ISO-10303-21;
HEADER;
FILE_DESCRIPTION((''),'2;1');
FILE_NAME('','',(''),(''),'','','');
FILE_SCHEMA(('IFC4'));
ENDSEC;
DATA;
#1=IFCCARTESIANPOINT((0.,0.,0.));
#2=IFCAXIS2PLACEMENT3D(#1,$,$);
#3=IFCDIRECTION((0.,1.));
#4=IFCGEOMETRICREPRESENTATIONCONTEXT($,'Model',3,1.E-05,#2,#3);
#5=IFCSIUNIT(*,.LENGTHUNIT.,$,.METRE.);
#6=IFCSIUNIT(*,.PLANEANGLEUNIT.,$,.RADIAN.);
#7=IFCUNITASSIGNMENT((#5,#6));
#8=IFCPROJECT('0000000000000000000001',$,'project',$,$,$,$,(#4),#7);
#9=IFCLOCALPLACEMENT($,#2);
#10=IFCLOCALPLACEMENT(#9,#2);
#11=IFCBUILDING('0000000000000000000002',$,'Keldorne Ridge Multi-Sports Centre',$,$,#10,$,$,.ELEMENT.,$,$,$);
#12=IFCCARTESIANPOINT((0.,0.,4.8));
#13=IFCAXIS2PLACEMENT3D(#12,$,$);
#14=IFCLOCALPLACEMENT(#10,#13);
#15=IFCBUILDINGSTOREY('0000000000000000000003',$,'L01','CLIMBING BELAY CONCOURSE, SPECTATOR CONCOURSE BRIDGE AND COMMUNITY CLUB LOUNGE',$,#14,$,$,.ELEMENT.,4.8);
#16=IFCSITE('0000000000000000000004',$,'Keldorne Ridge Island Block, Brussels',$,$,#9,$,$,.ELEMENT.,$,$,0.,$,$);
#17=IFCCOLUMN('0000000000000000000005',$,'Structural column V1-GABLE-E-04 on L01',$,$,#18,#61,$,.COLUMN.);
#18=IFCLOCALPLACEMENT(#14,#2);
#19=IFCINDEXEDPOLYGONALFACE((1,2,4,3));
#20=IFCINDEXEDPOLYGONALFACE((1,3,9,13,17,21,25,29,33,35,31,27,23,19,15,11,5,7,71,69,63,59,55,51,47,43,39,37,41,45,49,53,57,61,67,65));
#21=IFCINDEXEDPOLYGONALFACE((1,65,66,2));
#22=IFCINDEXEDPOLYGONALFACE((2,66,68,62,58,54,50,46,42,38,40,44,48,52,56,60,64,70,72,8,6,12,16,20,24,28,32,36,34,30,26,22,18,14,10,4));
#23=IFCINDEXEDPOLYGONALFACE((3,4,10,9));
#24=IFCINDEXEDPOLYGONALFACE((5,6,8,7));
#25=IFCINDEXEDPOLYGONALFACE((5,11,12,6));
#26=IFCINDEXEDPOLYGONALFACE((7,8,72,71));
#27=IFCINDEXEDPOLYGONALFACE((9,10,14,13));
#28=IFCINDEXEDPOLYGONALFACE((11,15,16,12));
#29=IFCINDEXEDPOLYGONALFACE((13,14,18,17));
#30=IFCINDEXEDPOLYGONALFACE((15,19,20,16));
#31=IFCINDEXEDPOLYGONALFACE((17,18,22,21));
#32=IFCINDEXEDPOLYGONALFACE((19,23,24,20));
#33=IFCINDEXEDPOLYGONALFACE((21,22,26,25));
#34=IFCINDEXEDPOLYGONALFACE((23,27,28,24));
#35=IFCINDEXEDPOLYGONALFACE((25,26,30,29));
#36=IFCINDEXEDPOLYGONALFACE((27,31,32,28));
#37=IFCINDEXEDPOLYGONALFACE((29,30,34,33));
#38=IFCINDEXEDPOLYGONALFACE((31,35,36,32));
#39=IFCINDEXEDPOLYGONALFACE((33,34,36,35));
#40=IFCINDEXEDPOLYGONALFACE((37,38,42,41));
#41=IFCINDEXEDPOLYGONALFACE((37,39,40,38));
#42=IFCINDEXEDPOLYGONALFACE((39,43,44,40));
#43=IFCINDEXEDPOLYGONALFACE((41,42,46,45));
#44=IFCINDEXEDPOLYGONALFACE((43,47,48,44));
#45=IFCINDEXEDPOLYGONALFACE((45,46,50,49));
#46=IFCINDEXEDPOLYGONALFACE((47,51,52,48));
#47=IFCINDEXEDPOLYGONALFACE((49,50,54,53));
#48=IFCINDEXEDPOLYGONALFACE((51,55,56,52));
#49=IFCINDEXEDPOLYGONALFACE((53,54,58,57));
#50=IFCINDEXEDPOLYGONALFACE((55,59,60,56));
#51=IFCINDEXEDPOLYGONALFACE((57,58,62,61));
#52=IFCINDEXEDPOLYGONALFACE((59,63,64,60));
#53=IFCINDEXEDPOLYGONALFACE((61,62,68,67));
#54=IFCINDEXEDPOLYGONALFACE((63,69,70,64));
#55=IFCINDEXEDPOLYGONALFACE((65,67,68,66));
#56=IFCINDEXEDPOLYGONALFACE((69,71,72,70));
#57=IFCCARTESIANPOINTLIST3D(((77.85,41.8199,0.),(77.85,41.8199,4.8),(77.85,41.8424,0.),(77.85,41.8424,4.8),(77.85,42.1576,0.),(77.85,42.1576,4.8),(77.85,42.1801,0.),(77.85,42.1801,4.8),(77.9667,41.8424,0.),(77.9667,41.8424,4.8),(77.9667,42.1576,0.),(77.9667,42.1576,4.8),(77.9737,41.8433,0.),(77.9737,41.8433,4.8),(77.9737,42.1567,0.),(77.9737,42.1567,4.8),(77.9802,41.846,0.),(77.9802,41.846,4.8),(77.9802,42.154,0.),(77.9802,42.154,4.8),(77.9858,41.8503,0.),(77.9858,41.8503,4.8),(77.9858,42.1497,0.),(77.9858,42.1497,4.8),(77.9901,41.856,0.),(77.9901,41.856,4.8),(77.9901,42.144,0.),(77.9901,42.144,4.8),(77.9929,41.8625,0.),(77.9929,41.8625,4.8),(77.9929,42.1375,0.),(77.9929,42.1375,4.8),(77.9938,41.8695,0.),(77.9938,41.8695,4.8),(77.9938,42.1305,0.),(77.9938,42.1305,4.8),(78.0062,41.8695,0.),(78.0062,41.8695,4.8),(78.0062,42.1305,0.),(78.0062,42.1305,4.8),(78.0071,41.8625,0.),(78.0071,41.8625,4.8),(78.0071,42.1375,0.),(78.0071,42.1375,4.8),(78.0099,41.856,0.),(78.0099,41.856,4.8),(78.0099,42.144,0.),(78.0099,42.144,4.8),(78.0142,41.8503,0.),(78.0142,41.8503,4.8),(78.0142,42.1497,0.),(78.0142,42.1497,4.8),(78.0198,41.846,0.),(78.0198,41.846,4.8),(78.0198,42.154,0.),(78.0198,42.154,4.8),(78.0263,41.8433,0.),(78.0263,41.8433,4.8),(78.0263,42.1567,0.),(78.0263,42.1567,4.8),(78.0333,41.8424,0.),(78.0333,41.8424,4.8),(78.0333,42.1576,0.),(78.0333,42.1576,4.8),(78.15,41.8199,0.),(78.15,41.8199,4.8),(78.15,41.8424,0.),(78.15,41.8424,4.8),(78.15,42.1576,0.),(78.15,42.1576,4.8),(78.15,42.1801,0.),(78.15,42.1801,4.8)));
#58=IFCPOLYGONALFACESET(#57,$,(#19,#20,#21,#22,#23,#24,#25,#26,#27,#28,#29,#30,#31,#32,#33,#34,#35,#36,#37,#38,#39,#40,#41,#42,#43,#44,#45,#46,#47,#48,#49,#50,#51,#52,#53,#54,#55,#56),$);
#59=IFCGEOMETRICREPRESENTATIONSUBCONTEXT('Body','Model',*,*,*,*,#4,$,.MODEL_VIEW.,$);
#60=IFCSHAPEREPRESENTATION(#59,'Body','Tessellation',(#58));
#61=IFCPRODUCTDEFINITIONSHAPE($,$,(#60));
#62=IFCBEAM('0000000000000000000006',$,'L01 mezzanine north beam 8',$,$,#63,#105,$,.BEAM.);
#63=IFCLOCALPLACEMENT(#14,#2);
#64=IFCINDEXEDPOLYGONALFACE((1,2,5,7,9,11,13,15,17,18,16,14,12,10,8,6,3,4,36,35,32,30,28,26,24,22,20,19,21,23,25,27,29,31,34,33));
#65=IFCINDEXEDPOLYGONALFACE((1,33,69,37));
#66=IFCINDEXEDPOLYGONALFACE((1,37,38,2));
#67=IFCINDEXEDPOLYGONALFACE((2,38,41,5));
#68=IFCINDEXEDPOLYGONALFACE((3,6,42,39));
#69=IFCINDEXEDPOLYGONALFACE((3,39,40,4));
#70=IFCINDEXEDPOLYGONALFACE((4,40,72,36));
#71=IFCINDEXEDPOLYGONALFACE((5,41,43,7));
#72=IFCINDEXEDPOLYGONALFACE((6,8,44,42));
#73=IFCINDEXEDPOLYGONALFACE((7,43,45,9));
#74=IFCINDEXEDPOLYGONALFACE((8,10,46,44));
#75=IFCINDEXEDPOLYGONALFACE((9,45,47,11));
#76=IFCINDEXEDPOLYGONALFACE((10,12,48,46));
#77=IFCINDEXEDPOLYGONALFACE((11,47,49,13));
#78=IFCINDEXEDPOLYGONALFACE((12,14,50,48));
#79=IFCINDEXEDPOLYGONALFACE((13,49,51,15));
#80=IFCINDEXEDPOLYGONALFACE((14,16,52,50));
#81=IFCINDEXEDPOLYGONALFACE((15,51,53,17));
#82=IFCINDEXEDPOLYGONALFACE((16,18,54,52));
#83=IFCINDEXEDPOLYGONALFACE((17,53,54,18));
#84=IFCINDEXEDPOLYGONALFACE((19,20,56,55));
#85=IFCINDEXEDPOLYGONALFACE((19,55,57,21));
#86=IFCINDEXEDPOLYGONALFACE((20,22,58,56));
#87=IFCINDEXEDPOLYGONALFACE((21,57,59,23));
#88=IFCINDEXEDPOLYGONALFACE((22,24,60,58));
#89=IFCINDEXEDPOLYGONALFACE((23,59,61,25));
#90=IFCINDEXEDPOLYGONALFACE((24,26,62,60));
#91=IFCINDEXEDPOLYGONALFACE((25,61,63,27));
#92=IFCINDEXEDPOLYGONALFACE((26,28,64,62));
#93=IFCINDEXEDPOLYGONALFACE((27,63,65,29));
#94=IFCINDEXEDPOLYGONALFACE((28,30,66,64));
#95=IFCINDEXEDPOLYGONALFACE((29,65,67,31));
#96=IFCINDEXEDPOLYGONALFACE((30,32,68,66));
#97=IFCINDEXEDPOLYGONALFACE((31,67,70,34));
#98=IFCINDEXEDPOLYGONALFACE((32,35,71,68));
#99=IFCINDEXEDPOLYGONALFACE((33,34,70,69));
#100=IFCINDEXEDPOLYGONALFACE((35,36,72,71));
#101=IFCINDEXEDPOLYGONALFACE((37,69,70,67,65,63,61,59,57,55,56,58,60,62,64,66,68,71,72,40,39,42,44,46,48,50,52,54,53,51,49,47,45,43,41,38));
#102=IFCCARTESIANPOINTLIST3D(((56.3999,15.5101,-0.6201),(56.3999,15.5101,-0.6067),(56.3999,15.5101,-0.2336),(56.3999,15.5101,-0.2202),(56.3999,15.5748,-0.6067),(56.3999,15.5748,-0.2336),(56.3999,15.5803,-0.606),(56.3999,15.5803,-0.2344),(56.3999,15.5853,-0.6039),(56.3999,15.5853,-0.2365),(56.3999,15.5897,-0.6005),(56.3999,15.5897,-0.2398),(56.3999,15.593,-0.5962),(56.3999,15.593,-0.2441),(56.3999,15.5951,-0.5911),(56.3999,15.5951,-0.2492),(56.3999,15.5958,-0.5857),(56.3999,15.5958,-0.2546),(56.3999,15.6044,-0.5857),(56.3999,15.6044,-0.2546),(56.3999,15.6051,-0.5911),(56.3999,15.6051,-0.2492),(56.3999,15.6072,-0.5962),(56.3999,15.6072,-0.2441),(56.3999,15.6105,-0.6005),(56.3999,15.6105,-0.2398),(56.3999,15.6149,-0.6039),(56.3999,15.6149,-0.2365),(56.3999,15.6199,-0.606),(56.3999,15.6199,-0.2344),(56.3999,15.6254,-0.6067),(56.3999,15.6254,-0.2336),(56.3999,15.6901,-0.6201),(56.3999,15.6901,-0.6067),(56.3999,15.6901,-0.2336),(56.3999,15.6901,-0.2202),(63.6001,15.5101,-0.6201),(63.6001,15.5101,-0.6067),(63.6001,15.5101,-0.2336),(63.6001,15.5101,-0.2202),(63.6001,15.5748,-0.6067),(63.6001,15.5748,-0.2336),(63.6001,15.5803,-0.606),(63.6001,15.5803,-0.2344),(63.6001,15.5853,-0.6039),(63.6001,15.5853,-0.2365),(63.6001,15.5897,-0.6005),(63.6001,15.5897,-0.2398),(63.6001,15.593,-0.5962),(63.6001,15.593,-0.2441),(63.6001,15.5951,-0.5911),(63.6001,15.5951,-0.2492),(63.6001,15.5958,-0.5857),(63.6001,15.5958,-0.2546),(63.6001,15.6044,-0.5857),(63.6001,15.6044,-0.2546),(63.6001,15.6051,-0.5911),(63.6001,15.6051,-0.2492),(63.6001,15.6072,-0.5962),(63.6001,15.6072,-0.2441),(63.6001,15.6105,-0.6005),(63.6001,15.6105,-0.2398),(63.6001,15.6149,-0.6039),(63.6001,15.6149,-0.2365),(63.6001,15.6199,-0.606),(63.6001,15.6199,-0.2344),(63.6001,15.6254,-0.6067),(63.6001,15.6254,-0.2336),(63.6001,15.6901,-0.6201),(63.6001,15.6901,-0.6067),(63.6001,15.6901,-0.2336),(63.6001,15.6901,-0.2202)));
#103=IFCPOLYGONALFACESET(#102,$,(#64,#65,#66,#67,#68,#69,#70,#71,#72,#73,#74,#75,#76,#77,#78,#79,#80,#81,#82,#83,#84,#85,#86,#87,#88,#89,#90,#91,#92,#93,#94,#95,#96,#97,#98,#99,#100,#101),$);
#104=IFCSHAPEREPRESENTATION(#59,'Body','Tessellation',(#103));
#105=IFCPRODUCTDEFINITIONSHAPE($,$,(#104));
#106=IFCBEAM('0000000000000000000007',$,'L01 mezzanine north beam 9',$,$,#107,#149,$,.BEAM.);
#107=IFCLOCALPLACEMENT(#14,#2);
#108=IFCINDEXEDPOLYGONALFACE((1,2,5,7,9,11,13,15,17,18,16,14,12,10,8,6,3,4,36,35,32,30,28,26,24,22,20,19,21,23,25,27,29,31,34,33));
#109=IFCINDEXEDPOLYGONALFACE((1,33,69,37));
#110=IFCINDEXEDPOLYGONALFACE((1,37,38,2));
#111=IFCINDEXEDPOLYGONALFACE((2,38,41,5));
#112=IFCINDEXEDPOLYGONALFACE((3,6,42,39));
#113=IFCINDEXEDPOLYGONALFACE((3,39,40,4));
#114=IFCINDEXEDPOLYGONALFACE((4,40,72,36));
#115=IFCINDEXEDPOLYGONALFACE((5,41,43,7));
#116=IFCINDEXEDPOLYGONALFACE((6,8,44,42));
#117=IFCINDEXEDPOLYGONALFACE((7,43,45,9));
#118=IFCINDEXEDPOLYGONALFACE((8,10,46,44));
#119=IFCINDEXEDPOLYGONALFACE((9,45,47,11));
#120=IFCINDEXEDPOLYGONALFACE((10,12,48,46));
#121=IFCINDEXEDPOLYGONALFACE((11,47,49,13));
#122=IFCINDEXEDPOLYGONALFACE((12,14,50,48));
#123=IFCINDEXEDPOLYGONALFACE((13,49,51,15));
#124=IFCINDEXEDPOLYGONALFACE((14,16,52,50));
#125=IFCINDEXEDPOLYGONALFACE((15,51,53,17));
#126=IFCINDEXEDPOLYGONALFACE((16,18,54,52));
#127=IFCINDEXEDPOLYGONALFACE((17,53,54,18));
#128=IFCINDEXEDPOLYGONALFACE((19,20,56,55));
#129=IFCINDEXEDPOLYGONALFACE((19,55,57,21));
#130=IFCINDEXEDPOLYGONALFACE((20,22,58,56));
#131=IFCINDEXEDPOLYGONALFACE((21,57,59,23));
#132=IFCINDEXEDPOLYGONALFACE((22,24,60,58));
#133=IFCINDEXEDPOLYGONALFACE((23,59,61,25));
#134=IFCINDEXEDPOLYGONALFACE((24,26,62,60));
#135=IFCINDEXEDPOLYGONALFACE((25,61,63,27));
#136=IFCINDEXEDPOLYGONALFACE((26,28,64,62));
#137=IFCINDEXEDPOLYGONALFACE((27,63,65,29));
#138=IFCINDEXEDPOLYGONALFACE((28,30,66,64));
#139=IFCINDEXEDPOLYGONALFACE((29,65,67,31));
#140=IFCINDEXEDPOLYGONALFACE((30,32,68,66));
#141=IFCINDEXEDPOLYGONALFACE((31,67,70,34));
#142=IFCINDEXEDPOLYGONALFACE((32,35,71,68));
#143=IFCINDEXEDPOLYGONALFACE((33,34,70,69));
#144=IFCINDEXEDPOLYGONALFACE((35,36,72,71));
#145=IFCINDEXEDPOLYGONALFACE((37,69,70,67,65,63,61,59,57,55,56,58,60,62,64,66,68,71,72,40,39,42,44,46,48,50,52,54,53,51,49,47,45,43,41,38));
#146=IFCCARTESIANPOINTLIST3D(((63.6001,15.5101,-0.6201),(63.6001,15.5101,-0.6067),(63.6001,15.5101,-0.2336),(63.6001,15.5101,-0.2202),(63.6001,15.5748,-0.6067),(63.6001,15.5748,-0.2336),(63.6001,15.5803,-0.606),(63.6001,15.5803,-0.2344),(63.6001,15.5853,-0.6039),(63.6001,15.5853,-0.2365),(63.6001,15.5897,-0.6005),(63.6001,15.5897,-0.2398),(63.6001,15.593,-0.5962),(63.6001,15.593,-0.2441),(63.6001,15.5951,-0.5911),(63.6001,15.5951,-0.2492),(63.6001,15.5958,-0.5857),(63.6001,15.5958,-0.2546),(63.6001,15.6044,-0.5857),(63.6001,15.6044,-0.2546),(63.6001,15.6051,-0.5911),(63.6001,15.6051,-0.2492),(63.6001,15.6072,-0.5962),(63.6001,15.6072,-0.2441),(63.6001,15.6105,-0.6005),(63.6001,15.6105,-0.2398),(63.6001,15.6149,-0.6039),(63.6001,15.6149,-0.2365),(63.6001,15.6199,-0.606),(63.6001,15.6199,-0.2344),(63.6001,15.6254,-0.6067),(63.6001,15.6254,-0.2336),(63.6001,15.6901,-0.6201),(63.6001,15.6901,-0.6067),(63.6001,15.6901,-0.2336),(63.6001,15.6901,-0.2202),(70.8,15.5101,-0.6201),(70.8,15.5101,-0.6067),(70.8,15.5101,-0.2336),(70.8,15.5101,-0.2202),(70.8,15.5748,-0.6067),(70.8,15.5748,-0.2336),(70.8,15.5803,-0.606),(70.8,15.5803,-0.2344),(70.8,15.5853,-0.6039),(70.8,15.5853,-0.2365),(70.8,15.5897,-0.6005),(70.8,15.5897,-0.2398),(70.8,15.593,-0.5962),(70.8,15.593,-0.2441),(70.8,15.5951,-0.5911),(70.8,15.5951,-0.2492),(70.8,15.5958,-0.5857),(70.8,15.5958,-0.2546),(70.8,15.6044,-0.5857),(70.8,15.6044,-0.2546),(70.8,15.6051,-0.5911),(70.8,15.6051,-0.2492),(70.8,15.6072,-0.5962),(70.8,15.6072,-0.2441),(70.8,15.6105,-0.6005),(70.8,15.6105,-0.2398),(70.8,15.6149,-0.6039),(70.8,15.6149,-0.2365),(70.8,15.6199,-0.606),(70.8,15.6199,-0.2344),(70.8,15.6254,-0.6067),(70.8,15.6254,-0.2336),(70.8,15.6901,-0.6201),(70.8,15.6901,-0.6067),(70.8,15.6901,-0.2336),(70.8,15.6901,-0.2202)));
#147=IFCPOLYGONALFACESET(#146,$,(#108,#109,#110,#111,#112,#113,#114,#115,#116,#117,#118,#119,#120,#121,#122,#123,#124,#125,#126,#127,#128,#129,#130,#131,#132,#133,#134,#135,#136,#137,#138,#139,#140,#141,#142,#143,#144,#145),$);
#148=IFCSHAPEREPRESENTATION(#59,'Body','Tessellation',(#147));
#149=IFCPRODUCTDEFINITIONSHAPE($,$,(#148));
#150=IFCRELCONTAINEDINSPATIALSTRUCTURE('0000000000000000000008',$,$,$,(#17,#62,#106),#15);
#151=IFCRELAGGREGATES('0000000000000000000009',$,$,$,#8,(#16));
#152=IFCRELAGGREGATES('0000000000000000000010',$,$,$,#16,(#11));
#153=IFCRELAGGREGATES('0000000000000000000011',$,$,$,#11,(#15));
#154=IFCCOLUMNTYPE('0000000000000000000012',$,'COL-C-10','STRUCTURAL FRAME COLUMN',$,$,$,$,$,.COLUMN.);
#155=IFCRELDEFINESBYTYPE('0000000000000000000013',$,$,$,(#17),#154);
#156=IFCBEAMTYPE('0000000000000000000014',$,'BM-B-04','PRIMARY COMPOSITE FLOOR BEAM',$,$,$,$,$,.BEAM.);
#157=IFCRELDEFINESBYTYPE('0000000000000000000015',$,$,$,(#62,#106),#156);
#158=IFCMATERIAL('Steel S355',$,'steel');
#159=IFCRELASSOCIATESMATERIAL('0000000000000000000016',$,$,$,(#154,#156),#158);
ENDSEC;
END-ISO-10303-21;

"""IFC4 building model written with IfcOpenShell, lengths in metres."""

from ifc_helpers import new_model, si_unit, direction, frame, origin, origin_2d, place, context, subcontext, project, spatial, i_section, extrude, material, material_profile, profile_set, type_object, element, save


model = new_model("IFC4")

# Units and contexts
model_context = context("Model", 3, precision=1e-05, world=origin(), true_north=direction((0.0, 1.0)))
body_context = subcontext(model_context, "Body", "Model", "MODEL_VIEW")
ifc_project = project(units=[si_unit("LENGTHUNIT", "METRE"), si_unit("PLANEANGLEUNIT", "RADIAN")], contexts=[model_context])

# Site, building, storey
site_placement = place(None, origin())
site = spatial("IfcSite", under=ifc_project, at=site_placement, Name="Keldorne Ridge Island Block, Brussels", CompositionType="ELEMENT", RefElevation=0.0)
building_placement = place(site_placement, origin())
building = spatial("IfcBuilding", under=site, at=building_placement, Name="Keldorne Ridge Multi-Sports Centre", CompositionType="ELEMENT")
storey_placement = place(building_placement, frame((0.0, 0.0, 4.8)))
storey = spatial("IfcBuildingStorey", under=building, at=storey_placement, Name="L01", Description="CLIMBING BELAY CONCOURSE, SPECTATOR CONCOURSE BRIDGE AND COMMUNITY CLUB LOUNGE", CompositionType="ELEMENT", Elevation=4.8)

# Column
ifc_material_1 = material(Name="Steel S355", Category="steel")
ifc_material_profile_1 = material_profile(ifc_material_1, i_section(OverallWidth=0.3, OverallDepth=0.3601, WebThickness=0.0125, FlangeThickness=0.0225, FilletRadius=0.0271, at=origin_2d()), Name="HEB 360")
ifc_profile_set_1 = profile_set([ifc_material_profile_1], Name="Steel S355")
column_type_1 = type_object("IfcColumnType", Name="COL-C-10", Description="STRUCTURAL FRAME COLUMN", PredefinedType="COLUMN", material=ifc_profile_set_1)
for number, where, z_axis, x_axis, name in (
    (1, (78.0, 42.0, 0.0), (0.0, 0.0, 1.0), (1.0, 0.0, 0.0), "Structural column V1-GABLE-E-04 on L01"),
):
    element("IfcColumn", number, at=place(storey_placement, frame(where, z_axis=z_axis, x_axis=x_axis)), inside=storey, type_object=column_type_1, Name=name, PredefinedType="COLUMN", context=body_context, shape_type="SweptSolid", body=[
        extrude(i_section(OverallWidth=0.3, OverallDepth=0.3601, WebThickness=0.0125, FlangeThickness=0.0225, FilletRadius=0.0271, at=origin_2d()), origin(), (0.0, 0.0, 1.0), 4.8),
    ])

# Beams
ifc_material_profile_2 = material_profile(ifc_material_1, i_section(OverallWidth=0.1799, OverallDepth=0.3999, WebThickness=0.0085, FlangeThickness=0.0134, FilletRadius=0.021, at=origin_2d()), Name="IPE 400")
ifc_profile_set_2 = profile_set([ifc_material_profile_2], Name="Steel S355")
beam_type_1 = type_object("IfcBeamType", Name="BM-B-04", Description="PRIMARY COMPOSITE FLOOR BEAM", PredefinedType="BEAM", material=ifc_profile_set_2)
beam_1_placement = place(storey_placement, frame((56.3999, 15.6001, -0.4202), z_axis=(1.0, 0.0, 0.0), x_axis=(0.0, 1.0, 0.0)))
element("IfcBeam", 2, at=beam_1_placement, inside=storey, type_object=beam_type_1, Name="L01 mezzanine north beam 8", PredefinedType="BEAM", context=body_context, shape_type="SweptSolid", body=[
    extrude(i_section(OverallWidth=0.1799, OverallDepth=0.3999, WebThickness=0.0085, FlangeThickness=0.0134, FilletRadius=0.021, at=origin_2d()), origin(), (0.0, 0.0, 1.0), 7.2002),
])
beam_2_placement = place(storey_placement, frame((63.6001, 15.6001, -0.4202), z_axis=(1.0, 0.0, 0.0), x_axis=(0.0, 1.0, 0.0)))
element("IfcBeam", 3, at=beam_2_placement, inside=storey, type_object=beam_type_1, Name="L01 mezzanine north beam 9", PredefinedType="BEAM", context=body_context, shape_type="SweptSolid", body=[
    extrude(i_section(OverallWidth=0.1799, OverallDepth=0.3999, WebThickness=0.0085, FlangeThickness=0.0134, FilletRadius=0.021, at=origin_2d()), origin(), (0.0, 0.0, 1.0), 7.2),
])

save(model, "model.ifc")
